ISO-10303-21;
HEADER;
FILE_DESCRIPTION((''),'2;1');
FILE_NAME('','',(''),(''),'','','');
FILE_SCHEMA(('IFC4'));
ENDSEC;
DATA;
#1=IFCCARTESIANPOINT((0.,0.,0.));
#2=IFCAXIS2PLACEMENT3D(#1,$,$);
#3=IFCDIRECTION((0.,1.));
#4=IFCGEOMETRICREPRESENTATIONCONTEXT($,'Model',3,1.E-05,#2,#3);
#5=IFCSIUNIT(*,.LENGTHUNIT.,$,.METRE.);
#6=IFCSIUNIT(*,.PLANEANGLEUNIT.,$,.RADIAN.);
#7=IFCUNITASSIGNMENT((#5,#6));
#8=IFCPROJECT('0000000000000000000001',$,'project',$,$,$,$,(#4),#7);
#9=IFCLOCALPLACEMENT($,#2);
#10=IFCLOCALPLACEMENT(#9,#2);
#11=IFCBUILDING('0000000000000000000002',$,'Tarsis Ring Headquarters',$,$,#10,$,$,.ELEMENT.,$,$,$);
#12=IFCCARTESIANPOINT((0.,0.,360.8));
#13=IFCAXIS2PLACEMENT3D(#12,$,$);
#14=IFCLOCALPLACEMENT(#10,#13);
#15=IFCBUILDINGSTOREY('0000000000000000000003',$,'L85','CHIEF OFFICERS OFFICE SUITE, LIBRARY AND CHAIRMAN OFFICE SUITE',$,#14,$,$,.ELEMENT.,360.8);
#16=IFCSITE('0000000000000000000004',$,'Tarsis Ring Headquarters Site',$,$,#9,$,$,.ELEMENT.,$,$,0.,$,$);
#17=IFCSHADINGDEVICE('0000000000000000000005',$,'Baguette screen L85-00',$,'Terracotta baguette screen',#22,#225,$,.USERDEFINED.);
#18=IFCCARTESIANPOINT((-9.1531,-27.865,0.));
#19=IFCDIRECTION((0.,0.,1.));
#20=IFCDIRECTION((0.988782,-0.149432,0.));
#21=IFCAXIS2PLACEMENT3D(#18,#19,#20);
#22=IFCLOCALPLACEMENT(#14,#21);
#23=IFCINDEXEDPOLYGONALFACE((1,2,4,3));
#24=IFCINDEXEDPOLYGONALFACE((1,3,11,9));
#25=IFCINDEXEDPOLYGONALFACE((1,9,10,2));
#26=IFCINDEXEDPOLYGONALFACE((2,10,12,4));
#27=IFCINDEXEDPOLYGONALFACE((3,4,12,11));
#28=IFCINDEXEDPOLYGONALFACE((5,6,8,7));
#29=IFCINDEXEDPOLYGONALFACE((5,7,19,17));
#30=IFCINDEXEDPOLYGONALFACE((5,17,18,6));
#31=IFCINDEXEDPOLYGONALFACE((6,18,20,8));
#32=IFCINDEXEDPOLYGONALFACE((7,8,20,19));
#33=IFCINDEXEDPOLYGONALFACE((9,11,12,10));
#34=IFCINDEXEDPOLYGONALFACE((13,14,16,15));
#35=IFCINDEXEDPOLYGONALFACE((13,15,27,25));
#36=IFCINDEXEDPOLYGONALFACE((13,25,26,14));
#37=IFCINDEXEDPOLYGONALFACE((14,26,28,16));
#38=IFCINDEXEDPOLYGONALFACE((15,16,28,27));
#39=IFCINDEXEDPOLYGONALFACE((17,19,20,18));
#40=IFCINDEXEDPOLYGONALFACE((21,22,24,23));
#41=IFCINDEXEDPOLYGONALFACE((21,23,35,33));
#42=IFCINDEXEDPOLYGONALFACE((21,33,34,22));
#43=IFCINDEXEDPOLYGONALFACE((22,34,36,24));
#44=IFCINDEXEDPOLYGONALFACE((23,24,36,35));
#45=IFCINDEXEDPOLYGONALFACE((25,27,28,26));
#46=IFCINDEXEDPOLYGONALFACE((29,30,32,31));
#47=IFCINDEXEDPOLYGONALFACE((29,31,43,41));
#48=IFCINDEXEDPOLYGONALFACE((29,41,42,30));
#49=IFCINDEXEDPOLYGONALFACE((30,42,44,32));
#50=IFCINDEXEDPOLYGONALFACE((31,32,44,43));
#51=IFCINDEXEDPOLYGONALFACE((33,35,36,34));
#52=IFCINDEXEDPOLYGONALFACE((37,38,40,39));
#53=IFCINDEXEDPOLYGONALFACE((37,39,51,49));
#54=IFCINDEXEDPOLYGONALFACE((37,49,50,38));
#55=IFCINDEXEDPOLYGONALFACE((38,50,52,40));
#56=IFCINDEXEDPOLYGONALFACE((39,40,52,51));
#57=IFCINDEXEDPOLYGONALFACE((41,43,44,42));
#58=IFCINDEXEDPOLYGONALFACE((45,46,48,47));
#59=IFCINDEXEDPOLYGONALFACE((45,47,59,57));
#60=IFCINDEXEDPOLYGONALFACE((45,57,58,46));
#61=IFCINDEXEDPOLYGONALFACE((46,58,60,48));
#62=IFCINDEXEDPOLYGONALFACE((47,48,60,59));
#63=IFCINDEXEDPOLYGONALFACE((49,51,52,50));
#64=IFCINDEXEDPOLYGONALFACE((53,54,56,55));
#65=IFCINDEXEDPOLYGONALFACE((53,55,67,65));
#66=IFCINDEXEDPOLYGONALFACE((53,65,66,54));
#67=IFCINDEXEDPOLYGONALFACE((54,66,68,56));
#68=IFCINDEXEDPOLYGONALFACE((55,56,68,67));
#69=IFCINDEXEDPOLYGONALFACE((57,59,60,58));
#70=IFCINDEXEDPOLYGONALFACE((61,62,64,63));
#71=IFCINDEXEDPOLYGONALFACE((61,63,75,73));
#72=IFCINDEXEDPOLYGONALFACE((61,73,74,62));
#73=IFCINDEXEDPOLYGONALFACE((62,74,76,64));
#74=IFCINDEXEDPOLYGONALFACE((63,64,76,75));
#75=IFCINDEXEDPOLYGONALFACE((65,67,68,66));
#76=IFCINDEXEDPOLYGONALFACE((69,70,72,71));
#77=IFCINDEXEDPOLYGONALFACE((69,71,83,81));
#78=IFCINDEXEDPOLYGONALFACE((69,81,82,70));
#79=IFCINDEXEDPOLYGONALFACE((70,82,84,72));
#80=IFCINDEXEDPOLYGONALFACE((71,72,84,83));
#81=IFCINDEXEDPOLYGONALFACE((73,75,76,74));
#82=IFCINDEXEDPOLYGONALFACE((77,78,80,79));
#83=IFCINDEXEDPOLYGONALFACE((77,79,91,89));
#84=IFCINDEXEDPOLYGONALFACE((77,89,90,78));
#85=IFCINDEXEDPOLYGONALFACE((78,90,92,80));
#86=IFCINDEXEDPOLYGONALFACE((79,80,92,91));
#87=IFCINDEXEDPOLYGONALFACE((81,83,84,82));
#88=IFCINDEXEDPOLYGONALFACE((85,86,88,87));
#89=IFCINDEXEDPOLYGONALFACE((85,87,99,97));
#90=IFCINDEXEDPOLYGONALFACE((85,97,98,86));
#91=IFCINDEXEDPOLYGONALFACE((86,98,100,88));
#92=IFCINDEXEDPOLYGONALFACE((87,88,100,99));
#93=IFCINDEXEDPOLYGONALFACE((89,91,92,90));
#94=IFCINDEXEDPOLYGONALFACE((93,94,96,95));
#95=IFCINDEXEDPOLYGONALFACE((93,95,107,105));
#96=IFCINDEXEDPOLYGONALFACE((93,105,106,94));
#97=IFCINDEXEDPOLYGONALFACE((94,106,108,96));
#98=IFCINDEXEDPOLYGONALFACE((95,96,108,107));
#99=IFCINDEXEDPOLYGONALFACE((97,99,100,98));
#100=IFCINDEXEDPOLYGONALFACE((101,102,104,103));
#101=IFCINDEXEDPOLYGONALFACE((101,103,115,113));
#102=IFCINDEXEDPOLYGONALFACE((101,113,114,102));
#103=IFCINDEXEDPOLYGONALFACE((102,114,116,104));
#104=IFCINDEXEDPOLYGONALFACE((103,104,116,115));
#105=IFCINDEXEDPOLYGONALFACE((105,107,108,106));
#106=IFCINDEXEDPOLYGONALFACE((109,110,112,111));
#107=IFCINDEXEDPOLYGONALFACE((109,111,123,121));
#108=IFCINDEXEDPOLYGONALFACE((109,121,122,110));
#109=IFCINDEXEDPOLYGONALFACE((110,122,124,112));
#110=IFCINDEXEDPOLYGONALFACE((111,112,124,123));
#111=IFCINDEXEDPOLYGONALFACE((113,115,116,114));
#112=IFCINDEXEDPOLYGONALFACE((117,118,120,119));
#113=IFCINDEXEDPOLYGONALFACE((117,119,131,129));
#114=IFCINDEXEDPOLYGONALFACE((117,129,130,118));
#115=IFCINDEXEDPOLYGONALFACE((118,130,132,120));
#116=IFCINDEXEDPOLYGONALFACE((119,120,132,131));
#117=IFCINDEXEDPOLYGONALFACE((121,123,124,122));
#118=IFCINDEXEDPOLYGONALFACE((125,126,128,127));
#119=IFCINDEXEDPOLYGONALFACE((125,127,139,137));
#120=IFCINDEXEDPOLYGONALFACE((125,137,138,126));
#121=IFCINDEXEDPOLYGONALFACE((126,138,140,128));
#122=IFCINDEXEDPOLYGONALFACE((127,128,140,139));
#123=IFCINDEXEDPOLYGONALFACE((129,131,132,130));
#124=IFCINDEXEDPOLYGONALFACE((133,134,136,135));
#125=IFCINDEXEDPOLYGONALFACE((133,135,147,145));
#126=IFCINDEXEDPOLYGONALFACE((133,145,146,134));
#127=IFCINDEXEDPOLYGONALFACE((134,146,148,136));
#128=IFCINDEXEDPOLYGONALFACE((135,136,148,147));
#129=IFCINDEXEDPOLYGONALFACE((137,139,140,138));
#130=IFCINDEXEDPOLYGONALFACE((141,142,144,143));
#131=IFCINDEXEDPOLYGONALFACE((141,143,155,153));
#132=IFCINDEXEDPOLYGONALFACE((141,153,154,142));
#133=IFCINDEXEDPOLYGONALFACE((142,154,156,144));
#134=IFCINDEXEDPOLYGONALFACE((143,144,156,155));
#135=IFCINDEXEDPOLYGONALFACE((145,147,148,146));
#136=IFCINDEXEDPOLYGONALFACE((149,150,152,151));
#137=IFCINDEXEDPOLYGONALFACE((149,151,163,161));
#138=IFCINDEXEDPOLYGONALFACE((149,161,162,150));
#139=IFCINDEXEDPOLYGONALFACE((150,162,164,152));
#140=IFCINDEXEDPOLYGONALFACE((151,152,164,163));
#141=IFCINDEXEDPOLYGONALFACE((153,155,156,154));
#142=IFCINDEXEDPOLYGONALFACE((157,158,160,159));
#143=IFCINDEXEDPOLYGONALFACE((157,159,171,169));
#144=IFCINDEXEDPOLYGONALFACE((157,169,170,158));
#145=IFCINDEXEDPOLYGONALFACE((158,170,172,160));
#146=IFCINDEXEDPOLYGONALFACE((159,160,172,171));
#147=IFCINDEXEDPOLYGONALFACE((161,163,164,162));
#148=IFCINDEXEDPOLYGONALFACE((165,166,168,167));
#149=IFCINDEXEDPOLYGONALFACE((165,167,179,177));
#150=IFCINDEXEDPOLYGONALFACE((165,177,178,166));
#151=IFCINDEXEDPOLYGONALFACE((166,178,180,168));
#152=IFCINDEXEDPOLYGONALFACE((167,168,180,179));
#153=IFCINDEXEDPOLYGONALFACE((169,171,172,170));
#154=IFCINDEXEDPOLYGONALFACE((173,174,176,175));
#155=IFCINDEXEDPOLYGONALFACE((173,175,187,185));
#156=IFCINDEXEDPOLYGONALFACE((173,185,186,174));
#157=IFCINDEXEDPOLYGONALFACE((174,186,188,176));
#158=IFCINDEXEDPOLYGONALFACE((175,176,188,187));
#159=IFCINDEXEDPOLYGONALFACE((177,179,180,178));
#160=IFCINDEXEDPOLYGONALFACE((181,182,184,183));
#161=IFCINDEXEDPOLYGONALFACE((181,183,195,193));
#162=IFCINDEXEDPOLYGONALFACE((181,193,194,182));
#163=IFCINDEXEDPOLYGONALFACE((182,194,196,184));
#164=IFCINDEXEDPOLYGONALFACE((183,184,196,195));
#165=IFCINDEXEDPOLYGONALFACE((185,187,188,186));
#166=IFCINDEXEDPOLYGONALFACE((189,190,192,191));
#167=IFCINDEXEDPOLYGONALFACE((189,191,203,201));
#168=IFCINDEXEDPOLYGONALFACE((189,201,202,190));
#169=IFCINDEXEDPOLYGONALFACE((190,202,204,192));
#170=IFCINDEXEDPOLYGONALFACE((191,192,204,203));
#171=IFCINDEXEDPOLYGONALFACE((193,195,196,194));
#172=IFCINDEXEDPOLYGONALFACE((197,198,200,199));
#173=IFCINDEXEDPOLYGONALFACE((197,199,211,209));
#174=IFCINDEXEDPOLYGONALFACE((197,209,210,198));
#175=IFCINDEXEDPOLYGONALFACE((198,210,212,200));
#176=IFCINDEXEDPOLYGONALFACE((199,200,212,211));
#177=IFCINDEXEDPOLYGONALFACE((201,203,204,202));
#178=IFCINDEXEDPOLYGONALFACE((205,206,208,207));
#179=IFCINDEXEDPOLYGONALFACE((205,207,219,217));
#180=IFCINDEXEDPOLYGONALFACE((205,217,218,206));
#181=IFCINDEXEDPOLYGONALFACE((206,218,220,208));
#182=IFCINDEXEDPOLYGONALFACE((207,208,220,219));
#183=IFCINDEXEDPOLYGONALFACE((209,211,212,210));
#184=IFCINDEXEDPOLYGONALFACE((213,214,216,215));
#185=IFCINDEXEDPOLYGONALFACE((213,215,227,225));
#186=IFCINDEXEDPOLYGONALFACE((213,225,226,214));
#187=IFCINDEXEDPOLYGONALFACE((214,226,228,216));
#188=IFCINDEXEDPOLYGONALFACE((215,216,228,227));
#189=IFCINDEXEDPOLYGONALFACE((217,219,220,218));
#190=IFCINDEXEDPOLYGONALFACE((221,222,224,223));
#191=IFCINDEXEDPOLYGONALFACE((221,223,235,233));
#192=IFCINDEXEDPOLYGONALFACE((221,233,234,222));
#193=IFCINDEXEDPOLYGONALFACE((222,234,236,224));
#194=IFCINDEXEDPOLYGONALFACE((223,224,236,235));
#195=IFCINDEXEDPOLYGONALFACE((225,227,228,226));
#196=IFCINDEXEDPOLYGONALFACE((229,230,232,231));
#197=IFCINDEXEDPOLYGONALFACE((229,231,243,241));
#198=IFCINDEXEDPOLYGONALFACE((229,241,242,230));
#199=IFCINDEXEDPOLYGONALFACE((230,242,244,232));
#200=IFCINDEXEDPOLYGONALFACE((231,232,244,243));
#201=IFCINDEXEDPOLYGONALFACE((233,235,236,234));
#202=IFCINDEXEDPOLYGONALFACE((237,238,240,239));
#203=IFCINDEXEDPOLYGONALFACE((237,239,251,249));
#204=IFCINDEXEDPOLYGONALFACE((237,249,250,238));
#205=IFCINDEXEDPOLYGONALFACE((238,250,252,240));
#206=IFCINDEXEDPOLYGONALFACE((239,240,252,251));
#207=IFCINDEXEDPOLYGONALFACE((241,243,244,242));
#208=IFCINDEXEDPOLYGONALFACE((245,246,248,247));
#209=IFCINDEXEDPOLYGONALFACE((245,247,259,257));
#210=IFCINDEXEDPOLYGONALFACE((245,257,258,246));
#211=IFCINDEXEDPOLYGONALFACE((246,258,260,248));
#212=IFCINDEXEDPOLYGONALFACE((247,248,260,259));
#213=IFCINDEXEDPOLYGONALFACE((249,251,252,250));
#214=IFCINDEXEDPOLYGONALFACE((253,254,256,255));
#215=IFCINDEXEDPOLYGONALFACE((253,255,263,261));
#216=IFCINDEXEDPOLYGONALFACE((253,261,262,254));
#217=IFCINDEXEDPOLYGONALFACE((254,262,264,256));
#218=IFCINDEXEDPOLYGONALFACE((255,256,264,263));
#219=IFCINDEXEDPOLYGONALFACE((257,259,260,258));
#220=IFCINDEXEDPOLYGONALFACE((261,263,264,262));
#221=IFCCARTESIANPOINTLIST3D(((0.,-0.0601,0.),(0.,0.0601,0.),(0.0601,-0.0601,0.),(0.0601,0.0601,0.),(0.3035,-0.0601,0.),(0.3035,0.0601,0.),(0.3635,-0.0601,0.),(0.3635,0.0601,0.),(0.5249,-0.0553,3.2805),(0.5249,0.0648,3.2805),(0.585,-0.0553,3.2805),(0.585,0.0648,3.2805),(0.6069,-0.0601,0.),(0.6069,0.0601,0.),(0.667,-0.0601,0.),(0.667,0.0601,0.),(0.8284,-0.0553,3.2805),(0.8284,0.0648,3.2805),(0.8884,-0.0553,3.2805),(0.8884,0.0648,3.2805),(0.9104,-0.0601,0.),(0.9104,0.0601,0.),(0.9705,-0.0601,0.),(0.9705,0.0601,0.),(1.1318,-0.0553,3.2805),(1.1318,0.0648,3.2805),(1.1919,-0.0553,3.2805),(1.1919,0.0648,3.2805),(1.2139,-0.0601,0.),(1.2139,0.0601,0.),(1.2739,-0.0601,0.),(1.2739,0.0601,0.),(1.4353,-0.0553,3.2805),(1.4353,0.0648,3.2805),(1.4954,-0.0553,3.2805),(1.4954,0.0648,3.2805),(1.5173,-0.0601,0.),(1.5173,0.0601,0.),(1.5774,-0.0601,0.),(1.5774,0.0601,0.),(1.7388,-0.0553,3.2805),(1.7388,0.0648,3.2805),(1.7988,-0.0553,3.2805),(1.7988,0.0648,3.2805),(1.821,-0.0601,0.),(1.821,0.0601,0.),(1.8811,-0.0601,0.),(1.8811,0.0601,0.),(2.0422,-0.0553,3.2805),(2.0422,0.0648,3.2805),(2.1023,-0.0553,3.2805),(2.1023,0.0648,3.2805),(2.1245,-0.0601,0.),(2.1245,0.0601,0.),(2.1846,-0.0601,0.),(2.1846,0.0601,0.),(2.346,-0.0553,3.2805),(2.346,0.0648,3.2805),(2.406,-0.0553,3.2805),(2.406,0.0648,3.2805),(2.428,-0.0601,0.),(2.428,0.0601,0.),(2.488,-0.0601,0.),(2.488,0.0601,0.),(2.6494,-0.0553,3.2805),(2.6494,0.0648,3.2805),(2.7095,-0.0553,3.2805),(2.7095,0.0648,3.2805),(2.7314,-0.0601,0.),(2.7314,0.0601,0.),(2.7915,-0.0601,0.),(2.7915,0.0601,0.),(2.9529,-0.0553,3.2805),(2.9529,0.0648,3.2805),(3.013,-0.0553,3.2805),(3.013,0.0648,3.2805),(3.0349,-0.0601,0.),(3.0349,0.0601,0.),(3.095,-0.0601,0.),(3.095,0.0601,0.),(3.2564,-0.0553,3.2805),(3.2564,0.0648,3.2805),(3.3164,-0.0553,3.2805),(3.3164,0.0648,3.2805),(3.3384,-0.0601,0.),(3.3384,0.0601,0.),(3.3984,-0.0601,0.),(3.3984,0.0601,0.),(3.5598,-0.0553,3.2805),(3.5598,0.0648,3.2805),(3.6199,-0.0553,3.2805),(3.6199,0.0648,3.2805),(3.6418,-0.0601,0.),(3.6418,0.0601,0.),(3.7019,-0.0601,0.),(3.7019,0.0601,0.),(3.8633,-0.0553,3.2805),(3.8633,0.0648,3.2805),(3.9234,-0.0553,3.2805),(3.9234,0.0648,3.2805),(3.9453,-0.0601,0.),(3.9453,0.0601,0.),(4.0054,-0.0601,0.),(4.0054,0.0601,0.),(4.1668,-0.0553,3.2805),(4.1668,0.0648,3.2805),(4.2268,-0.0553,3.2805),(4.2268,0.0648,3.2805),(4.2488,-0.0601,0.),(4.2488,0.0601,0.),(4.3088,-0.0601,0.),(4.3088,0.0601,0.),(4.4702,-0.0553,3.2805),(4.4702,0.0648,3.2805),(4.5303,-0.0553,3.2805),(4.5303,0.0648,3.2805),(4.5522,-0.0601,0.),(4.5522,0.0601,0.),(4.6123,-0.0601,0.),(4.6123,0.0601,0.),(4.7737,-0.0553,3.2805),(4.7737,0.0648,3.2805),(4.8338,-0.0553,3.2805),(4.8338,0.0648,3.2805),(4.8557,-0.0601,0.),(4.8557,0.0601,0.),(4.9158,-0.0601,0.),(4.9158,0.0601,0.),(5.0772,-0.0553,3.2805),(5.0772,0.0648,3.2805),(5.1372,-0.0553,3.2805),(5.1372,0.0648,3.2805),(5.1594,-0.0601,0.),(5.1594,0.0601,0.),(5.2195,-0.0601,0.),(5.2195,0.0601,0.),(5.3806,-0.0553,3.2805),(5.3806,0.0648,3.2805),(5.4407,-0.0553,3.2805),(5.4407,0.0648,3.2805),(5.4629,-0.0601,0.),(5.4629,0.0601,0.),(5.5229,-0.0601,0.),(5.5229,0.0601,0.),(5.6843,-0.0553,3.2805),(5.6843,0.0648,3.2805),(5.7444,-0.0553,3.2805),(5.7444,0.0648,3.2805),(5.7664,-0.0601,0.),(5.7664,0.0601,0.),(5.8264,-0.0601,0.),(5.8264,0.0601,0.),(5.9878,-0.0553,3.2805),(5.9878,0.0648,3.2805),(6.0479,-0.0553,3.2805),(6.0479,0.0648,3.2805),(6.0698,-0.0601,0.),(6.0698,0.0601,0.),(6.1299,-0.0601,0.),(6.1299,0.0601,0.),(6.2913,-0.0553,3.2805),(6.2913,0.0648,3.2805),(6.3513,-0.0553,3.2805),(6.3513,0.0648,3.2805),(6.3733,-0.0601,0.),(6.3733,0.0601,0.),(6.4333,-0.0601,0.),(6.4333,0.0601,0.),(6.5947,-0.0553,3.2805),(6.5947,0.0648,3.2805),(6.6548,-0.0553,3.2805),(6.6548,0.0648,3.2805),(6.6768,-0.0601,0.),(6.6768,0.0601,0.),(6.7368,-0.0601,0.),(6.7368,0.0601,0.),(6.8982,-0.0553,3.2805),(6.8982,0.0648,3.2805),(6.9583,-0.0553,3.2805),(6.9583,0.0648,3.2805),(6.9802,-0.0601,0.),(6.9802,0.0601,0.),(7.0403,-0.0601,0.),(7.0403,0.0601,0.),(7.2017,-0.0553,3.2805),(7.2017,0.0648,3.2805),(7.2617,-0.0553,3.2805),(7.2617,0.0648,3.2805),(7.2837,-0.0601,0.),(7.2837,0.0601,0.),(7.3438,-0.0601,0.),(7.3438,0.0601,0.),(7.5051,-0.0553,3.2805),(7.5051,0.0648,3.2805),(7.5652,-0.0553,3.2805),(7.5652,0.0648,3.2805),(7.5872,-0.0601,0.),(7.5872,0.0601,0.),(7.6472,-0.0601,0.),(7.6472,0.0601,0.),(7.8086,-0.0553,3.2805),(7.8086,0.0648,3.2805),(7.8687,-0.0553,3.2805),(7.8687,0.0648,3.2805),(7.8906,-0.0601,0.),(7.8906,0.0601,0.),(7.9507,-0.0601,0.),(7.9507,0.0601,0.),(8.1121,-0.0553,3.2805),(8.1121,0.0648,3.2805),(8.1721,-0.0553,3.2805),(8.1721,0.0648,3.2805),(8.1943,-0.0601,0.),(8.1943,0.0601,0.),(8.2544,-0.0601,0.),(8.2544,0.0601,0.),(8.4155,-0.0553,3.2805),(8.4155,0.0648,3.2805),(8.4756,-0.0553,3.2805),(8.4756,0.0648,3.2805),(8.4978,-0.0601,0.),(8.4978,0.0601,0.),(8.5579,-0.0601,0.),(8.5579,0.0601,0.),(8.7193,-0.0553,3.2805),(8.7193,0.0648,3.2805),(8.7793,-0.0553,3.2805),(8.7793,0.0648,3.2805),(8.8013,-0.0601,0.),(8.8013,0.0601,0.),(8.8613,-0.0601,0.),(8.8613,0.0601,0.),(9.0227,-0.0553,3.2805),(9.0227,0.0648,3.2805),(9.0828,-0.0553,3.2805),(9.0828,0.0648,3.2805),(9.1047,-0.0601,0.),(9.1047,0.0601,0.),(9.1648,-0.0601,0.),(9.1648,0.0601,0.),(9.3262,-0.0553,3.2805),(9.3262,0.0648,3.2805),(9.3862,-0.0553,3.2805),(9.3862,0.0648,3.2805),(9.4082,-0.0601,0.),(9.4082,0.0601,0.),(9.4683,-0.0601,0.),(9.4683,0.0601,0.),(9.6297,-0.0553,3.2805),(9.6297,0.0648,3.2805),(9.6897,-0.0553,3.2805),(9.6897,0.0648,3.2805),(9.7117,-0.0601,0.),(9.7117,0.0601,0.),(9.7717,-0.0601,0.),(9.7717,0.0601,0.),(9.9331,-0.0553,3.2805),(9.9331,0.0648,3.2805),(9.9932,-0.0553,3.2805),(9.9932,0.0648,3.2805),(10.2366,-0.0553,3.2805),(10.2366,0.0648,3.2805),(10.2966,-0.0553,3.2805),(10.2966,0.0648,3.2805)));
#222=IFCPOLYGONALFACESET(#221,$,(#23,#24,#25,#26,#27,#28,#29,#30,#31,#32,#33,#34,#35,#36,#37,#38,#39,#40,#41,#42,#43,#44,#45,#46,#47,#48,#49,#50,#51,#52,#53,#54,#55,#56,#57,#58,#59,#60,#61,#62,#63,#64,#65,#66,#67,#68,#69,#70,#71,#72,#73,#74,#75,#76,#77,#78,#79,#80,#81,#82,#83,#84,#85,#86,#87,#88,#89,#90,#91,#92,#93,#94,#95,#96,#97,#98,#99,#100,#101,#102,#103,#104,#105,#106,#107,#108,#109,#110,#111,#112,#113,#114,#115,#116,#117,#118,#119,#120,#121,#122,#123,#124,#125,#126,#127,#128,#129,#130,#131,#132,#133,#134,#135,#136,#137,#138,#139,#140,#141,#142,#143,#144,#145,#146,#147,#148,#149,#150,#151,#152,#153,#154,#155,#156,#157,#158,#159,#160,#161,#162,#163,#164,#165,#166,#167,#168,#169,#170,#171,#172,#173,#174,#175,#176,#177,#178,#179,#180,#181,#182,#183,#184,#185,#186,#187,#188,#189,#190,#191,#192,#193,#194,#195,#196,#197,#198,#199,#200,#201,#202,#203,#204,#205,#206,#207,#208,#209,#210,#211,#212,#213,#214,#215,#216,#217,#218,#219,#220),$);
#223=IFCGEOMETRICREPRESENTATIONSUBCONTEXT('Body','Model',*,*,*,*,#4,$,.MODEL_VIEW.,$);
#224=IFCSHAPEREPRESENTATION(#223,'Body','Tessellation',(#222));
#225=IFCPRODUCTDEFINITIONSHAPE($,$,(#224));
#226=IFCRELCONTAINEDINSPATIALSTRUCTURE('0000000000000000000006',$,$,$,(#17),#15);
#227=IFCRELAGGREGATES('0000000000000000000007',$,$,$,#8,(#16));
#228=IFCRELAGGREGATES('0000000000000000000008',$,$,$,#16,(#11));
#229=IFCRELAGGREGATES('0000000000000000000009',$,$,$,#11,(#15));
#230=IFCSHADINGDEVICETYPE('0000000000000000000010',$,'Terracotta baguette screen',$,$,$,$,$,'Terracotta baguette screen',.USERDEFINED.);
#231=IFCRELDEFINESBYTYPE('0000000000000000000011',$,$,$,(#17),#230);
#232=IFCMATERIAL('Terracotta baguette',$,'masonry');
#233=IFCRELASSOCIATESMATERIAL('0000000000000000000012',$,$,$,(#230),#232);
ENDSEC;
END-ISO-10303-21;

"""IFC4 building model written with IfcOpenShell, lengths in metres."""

from ifc_helpers import new_model, si_unit, direction, frame, frame_2d, origin, place, context, subcontext, project, spatial, rectangle, composite_profile, extrude, material, type_object, element, save


model = new_model("IFC4")

# Units and contexts
model_context = context("Model", 3, precision=1e-05, world=origin(), true_north=direction((0.0, 1.0)))
body_context = subcontext(model_context, "Body", "Model", "MODEL_VIEW")
ifc_project = project(units=[si_unit("LENGTHUNIT", "METRE"), si_unit("PLANEANGLEUNIT", "RADIAN")], contexts=[model_context])

# Site, building, storey
site_placement = place(None, origin())
site = spatial("IfcSite", under=ifc_project, at=site_placement, Name="Tarsis Ring Headquarters Site", CompositionType="ELEMENT", RefElevation=0.0)
building_placement = place(site_placement, origin())
building = spatial("IfcBuilding", under=site, at=building_placement, Name="Tarsis Ring Headquarters", CompositionType="ELEMENT")
storey_placement = place(building_placement, frame((0.0, 0.0, 360.8)))
storey = spatial("IfcBuildingStorey", under=building, at=storey_placement, Name="L85", Description="CHIEF OFFICERS OFFICE SUITE, LIBRARY AND CHAIRMAN OFFICE SUITE", CompositionType="ELEMENT", Elevation=360.8)

# Shading device
ifc_material_1 = material(Name="Terracotta baguette", Category="masonry")
shading_device_type = type_object("IfcShadingDeviceType", Name="Terracotta baguette screen", ElementType="Terracotta baguette screen", PredefinedType="USERDEFINED", material=ifc_material_1)
shading_device_placement = place(storey_placement, frame((-9.1531, -27.865, 0.0), z_axis=(0.0, 0.0, 1.0), x_axis=(0.988782, -0.149432, 0.0)))
element("IfcShadingDevice", 1, at=shading_device_placement, inside=storey, type_object=shading_device_type, Name="Baguette screen L85-00", ObjectType="Terracotta baguette screen", PredefinedType="USERDEFINED", context=body_context, shape_type="SweptSolid", body=[
    extrude(composite_profile([rectangle(XDim=0.0601, YDim=0.1201, at=frame_2d((0.03, 0.0))), rectangle(XDim=0.0601, YDim=0.1201, at=frame_2d((0.3335, 0.0))), rectangle(XDim=0.0601, YDim=0.1201, at=frame_2d((0.637, 0.0))), rectangle(XDim=0.0601, YDim=0.1201, at=frame_2d((0.9404, 0.0))), rectangle(XDim=0.0601, YDim=0.1201, at=frame_2d((1.2439, 0.0))), rectangle(XDim=0.0601, YDim=0.1201, at=frame_2d((1.5474, 0.0))), rectangle(XDim=0.0601, YDim=0.1201, at=frame_2d((1.8511, 0.0))), rectangle(XDim=0.0601, YDim=0.1201, at=frame_2d((2.1545, 0.0))), rectangle(XDim=0.0601, YDim=0.1201, at=frame_2d((2.458, 0.0))), rectangle(XDim=0.0601, YDim=0.1201, at=frame_2d((2.7615, 0.0))), rectangle(XDim=0.0601, YDim=0.1201, at=frame_2d((3.0649, 0.0))), rectangle(XDim=0.0601, YDim=0.1201, at=frame_2d((3.3684, 0.0))), rectangle(XDim=0.0601, YDim=0.1201, at=frame_2d((3.6719, 0.0))), rectangle(XDim=0.0601, YDim=0.1201, at=frame_2d((3.9753, 0.0))), rectangle(XDim=0.0601, YDim=0.1201, at=frame_2d((4.2788, 0.0))), rectangle(XDim=0.0601, YDim=0.1201, at=frame_2d((4.5823, 0.0))), rectangle(XDim=0.0601, YDim=0.1201, at=frame_2d((4.8857, 0.0))), rectangle(XDim=0.0601, YDim=0.1201, at=frame_2d((5.1895, 0.0))), rectangle(XDim=0.0601, YDim=0.1201, at=frame_2d((5.4929, 0.0))), rectangle(XDim=0.0601, YDim=0.1201, at=frame_2d((5.7964, 0.0))), rectangle(XDim=0.0601, YDim=0.1201, at=frame_2d((6.0999, 0.0))), rectangle(XDim=0.0601, YDim=0.1201, at=frame_2d((6.4033, 0.0))), rectangle(XDim=0.0601, YDim=0.1201, at=frame_2d((6.7068, 0.0))), rectangle(XDim=0.0601, YDim=0.1201, at=frame_2d((7.0103, 0.0))), rectangle(XDim=0.0601, YDim=0.1201, at=frame_2d((7.3137, 0.0))), rectangle(XDim=0.0601, YDim=0.1201, at=frame_2d((7.6172, 0.0))), rectangle(XDim=0.0601, YDim=0.1201, at=frame_2d((7.9207, 0.0))), rectangle(XDim=0.0601, YDim=0.1201, at=frame_2d((8.2244, 0.0))), rectangle(XDim=0.0601, YDim=0.1201, at=frame_2d((8.5278, 0.0))), rectangle(XDim=0.0601, YDim=0.1201, at=frame_2d((8.8313, 0.0))), rectangle(XDim=0.0601, YDim=0.1201, at=frame_2d((9.1348, 0.0))), rectangle(XDim=0.0601, YDim=0.1201, at=frame_2d((9.4382, 0.0))), rectangle(XDim=0.0601, YDim=0.1201, at=frame_2d((9.7417, 0.0)))]), origin(), (0.157999, 0.001431, 0.987438), 3.3223),
])

save(model, "model.ifc")
